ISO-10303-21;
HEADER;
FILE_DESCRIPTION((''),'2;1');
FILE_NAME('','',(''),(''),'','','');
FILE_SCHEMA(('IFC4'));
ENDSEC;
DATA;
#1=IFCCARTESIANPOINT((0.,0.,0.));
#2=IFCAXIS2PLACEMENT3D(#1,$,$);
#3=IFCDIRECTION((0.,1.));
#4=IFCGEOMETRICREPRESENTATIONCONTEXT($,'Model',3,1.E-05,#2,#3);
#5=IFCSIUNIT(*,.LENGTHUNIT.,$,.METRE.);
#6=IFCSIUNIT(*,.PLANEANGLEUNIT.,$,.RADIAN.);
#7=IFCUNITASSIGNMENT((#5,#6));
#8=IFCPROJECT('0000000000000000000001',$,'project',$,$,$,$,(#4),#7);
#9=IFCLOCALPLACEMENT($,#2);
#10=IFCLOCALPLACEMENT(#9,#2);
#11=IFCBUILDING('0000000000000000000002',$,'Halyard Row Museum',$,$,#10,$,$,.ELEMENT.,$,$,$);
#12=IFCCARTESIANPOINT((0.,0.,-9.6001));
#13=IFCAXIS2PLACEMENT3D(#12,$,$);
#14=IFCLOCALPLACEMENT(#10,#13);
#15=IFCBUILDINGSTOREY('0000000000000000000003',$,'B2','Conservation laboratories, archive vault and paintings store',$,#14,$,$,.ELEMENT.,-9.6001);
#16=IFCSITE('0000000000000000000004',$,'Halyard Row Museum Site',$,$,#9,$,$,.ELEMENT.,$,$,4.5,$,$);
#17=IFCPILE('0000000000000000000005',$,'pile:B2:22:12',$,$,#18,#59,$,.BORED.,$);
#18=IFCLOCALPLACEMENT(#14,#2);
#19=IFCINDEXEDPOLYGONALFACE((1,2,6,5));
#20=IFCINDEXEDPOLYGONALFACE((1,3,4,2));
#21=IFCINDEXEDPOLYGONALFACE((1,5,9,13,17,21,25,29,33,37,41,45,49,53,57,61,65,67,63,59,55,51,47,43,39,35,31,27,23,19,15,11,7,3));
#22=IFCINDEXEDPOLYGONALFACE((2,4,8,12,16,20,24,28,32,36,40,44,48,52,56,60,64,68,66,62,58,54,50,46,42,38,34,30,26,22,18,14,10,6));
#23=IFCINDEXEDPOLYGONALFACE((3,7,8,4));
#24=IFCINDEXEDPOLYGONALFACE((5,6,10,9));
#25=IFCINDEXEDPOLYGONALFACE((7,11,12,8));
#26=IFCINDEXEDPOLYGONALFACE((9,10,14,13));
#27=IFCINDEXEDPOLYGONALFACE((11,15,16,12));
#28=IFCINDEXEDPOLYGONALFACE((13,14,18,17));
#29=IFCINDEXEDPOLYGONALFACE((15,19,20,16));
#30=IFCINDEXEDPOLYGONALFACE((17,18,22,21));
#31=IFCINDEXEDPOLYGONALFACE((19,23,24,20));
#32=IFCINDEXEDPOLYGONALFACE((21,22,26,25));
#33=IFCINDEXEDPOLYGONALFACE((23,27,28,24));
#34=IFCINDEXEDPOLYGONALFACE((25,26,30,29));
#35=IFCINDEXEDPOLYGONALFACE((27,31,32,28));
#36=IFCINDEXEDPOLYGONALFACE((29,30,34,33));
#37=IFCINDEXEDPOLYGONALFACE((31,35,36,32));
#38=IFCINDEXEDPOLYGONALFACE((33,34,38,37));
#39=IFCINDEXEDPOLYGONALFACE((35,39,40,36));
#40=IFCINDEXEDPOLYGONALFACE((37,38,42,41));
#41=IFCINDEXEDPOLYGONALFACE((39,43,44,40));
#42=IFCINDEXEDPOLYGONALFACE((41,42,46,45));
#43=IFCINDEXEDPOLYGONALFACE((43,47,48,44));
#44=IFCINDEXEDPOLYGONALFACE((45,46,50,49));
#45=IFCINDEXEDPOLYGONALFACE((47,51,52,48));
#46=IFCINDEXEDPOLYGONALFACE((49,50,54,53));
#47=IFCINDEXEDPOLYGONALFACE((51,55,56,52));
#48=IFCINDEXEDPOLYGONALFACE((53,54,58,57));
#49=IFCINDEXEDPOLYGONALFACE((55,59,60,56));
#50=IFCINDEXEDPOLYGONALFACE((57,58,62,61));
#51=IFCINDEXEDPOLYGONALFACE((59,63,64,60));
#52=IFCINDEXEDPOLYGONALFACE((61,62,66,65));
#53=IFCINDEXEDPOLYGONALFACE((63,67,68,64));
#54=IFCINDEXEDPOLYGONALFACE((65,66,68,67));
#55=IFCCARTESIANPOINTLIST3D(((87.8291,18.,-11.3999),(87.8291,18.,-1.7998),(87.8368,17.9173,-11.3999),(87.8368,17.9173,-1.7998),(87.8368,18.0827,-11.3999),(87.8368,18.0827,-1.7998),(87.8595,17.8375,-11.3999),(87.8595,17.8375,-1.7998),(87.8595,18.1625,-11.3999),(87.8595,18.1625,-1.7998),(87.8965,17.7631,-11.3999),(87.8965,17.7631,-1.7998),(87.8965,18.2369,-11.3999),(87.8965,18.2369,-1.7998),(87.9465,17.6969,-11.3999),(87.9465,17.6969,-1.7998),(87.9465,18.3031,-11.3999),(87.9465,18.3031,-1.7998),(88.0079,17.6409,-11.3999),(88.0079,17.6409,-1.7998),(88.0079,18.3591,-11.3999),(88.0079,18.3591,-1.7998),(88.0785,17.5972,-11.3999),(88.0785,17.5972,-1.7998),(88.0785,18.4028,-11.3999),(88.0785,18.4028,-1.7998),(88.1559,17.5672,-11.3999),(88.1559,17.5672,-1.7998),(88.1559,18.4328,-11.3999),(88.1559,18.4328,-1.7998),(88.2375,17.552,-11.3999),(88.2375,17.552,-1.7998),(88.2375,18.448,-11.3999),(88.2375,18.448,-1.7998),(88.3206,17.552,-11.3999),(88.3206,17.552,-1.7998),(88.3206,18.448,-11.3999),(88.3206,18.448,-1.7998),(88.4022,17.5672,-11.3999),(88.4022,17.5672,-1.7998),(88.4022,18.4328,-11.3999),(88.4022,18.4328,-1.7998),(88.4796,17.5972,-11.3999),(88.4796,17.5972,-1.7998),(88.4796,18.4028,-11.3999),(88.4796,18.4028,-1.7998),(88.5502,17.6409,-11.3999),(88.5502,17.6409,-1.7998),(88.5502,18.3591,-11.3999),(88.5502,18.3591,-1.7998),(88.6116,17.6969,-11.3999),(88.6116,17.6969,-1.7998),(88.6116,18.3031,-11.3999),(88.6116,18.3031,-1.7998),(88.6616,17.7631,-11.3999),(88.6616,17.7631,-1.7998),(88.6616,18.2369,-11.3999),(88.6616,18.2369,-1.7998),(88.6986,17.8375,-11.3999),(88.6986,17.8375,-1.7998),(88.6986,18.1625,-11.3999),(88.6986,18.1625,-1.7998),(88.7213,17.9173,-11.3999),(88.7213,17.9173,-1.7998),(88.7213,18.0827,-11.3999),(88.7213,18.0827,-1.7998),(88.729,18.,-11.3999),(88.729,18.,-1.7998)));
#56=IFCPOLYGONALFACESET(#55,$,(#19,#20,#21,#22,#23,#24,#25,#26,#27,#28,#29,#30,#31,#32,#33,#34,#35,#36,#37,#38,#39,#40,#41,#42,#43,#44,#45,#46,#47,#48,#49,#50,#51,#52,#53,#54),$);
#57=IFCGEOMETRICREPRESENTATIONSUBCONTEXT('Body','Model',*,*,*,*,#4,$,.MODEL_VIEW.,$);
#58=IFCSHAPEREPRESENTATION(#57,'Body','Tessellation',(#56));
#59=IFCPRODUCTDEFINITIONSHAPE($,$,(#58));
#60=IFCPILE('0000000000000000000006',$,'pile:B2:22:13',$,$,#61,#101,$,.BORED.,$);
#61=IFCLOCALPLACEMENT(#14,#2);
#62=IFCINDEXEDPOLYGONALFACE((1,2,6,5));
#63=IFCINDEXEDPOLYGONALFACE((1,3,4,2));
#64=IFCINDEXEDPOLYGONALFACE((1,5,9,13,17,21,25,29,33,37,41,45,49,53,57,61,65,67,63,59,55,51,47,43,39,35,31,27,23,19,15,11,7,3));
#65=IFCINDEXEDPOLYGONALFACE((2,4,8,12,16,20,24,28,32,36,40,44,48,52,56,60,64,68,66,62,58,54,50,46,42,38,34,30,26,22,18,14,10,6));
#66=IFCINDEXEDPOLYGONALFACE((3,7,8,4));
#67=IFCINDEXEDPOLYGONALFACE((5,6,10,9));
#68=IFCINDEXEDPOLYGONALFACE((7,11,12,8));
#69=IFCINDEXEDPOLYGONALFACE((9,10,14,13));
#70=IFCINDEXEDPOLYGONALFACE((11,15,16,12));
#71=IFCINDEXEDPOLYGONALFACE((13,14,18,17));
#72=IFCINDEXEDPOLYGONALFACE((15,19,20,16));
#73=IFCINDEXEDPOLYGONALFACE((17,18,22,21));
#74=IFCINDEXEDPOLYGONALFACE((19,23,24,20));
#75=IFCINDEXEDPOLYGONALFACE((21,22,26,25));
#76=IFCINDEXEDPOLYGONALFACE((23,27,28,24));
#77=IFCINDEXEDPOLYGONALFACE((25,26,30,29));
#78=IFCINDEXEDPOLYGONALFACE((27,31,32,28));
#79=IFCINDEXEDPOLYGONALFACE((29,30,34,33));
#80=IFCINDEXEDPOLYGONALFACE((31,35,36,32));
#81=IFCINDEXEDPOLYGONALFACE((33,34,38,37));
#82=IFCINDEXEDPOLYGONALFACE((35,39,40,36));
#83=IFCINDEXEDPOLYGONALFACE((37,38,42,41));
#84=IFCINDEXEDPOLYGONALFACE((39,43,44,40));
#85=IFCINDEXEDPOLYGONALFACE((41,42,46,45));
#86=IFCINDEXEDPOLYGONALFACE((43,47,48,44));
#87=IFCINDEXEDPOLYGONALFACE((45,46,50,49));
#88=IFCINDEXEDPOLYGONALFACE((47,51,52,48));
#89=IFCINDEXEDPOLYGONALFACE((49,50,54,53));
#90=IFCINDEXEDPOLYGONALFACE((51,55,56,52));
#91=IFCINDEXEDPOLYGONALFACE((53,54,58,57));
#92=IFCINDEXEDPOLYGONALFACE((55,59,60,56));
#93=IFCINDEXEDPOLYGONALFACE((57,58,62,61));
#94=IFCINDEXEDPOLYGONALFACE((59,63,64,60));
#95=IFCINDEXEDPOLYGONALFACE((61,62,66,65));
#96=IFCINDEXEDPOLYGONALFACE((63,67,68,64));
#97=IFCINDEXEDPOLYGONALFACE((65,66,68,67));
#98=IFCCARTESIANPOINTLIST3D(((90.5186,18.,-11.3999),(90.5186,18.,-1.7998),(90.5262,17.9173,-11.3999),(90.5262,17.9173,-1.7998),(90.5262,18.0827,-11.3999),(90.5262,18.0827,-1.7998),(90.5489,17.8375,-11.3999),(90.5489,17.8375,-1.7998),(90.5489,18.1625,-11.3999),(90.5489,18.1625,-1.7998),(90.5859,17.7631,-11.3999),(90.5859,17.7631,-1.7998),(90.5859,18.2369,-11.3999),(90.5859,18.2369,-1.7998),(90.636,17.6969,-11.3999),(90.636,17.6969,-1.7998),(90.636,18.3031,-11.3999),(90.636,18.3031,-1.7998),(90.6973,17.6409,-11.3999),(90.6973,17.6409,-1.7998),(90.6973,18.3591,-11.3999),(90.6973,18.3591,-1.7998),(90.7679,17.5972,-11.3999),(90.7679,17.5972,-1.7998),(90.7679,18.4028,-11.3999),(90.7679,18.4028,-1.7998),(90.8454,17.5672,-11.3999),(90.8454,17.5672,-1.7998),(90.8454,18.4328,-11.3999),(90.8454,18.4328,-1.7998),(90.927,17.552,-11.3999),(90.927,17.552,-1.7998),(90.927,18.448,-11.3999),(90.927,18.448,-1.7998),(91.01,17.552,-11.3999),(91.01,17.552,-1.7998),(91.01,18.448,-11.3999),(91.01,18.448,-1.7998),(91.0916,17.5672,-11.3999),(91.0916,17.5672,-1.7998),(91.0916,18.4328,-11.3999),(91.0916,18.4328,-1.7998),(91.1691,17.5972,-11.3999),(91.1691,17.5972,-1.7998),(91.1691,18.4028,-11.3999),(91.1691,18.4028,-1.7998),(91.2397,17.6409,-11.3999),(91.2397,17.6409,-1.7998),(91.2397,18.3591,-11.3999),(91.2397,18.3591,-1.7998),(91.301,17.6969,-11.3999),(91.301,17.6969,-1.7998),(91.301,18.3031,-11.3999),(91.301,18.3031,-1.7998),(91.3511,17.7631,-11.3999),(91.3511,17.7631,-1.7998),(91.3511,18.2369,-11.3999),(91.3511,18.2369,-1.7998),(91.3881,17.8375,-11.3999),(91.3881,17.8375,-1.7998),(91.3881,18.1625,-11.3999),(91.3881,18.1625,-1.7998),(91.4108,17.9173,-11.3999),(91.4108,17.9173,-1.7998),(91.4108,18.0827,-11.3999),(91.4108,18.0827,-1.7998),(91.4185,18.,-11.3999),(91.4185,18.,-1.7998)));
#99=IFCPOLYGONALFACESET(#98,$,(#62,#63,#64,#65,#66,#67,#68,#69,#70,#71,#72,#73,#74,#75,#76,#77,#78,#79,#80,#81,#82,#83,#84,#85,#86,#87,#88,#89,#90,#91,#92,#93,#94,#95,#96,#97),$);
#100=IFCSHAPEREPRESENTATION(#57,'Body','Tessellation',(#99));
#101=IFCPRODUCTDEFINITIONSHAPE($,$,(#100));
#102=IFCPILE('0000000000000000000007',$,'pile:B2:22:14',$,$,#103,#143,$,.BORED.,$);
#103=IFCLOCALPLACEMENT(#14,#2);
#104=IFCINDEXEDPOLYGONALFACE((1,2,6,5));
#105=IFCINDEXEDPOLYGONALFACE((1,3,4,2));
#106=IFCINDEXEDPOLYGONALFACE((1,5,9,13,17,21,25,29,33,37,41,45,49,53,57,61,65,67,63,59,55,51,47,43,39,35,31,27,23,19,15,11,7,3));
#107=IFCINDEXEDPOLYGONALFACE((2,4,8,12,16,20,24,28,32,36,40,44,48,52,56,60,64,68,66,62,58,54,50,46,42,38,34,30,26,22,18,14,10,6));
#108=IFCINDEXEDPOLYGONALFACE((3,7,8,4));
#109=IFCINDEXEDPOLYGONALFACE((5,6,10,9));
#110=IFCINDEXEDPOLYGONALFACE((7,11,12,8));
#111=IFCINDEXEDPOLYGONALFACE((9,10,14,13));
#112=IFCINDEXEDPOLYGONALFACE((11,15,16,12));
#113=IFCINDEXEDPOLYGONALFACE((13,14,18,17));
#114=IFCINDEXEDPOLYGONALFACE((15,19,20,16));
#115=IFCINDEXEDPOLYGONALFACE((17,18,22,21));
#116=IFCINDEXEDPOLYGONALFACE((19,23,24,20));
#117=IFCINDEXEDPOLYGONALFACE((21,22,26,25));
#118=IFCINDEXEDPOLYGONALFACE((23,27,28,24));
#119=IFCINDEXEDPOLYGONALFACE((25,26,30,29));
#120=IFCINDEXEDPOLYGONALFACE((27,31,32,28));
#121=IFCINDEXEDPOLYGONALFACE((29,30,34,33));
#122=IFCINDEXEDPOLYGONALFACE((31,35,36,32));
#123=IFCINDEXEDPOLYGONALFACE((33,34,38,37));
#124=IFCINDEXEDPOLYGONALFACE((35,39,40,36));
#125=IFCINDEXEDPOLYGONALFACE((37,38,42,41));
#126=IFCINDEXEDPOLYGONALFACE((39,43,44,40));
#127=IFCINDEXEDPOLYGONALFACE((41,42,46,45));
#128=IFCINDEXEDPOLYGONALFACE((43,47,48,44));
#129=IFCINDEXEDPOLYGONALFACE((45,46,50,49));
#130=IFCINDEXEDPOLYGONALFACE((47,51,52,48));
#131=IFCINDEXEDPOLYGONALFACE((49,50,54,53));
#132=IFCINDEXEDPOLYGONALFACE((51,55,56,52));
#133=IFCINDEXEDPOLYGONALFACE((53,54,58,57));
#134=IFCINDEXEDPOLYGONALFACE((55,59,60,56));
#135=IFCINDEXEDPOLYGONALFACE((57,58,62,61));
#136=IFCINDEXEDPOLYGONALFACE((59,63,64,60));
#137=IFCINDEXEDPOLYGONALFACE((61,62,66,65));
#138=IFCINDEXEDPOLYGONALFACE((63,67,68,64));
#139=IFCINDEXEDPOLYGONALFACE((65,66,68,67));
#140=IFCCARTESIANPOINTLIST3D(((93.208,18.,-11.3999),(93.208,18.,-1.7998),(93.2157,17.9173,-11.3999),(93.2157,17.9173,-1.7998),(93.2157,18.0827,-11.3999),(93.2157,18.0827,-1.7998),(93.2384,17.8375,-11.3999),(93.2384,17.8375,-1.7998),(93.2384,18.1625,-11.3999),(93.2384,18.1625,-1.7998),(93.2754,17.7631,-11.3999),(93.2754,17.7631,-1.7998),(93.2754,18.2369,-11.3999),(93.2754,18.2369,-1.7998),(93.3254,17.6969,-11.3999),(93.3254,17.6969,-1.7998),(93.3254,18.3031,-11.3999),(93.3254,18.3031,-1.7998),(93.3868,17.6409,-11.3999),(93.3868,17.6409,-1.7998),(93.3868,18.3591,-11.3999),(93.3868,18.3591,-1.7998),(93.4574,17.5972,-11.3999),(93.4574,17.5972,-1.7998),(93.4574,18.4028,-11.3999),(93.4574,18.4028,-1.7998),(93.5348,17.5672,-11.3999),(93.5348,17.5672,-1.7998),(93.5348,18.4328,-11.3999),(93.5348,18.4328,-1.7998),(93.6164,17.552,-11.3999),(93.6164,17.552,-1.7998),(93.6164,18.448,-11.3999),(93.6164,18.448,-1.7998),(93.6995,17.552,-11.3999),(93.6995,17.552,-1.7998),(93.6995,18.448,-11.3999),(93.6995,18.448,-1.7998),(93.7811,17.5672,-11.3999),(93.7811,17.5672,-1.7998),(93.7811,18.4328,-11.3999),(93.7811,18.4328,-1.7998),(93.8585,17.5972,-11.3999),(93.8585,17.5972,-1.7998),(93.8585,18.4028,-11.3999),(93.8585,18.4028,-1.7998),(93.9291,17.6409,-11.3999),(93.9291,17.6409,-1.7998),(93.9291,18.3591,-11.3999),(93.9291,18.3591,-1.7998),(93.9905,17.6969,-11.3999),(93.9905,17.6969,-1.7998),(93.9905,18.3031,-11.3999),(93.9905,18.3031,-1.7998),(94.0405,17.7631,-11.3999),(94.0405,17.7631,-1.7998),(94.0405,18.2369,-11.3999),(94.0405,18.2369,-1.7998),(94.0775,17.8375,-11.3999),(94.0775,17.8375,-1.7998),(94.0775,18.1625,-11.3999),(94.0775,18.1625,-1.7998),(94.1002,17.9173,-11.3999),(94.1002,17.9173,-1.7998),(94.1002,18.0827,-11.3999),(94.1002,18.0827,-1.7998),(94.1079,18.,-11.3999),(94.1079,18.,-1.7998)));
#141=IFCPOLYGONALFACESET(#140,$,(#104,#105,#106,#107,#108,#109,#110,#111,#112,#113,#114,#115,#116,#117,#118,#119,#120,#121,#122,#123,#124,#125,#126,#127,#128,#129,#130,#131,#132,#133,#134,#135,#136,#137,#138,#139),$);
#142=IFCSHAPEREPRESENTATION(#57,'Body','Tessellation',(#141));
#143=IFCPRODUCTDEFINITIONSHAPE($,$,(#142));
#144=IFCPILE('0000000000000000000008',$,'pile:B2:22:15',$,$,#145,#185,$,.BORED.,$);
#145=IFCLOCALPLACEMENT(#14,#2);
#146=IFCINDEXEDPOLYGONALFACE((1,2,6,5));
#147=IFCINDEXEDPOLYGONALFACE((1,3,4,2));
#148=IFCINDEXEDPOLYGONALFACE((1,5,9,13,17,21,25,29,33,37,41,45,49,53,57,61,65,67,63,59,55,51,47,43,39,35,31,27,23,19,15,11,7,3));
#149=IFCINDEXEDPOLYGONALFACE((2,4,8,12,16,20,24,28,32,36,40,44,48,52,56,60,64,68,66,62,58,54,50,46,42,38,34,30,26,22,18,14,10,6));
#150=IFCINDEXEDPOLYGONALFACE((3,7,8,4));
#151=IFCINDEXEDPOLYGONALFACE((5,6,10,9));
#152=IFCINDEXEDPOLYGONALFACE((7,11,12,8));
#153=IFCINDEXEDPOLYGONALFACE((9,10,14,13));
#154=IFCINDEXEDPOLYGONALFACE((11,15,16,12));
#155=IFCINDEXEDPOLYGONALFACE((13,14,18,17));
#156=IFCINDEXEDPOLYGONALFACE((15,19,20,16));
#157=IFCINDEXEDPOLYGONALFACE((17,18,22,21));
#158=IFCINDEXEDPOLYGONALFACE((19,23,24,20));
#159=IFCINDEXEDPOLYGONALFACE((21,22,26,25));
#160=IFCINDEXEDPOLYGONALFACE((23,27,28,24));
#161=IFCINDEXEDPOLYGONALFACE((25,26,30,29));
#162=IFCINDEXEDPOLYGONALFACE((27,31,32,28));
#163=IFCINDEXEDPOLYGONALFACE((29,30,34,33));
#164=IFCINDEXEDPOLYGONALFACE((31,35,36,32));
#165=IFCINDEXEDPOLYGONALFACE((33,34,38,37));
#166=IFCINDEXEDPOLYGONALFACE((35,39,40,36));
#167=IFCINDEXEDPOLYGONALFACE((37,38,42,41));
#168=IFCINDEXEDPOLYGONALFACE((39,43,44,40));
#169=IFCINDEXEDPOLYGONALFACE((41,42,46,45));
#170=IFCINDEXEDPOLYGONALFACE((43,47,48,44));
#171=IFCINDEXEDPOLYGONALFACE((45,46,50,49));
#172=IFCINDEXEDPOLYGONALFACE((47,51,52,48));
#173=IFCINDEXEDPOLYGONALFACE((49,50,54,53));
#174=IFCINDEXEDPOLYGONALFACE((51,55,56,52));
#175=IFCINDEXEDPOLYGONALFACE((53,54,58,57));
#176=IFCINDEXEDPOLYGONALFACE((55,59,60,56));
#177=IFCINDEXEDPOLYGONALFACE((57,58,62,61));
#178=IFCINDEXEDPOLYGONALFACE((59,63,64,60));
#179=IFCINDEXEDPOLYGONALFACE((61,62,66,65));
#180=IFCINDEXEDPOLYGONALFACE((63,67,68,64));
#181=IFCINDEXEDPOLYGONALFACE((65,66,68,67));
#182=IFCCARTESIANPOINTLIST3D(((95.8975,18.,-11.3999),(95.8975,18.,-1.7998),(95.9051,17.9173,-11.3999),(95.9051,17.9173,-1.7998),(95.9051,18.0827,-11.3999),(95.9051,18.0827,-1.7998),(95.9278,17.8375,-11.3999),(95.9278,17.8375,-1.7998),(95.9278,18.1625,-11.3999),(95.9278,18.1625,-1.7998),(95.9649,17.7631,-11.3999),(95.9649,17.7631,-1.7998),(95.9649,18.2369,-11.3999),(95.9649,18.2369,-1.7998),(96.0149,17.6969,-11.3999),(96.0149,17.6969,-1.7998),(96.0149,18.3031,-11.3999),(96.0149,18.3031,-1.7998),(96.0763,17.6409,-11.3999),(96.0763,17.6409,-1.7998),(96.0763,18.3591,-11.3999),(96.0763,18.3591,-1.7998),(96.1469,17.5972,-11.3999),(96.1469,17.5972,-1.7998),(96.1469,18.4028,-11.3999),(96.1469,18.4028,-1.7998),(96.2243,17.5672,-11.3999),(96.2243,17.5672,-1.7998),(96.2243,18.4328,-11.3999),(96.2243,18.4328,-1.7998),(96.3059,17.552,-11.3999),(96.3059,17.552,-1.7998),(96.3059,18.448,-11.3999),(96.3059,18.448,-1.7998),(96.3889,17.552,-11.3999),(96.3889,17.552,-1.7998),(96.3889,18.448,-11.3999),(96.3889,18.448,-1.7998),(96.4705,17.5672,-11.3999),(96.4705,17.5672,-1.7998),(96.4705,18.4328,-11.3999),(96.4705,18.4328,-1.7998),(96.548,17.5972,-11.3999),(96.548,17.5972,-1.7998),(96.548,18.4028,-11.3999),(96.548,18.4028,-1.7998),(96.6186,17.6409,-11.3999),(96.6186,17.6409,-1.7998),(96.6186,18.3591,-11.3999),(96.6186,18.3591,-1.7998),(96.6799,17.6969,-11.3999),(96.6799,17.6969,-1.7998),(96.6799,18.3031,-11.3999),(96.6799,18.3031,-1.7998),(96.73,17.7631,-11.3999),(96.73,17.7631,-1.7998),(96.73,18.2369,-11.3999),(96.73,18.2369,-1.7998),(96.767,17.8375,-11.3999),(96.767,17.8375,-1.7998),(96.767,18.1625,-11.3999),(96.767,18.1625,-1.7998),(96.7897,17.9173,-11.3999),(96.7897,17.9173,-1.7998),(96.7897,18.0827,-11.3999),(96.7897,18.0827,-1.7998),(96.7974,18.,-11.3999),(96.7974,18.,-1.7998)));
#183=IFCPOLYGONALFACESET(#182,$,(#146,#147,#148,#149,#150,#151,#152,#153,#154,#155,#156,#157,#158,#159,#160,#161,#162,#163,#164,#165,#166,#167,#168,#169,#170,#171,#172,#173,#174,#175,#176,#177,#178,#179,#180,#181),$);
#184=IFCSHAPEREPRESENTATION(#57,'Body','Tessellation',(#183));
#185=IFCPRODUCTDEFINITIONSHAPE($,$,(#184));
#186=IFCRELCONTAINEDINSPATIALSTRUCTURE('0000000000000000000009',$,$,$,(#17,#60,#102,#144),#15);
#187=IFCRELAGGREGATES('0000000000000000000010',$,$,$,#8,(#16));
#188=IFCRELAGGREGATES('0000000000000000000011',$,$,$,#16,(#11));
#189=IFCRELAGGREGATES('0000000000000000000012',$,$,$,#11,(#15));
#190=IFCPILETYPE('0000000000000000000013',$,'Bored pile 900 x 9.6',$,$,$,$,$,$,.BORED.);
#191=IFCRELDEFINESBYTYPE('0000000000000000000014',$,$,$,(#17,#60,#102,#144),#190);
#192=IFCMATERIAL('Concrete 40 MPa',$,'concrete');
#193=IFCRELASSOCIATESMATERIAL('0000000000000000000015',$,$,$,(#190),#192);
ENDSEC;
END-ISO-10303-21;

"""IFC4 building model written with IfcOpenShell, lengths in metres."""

from ifc_helpers import new_model, si_unit, direction, frame, origin, origin_2d, place, context, subcontext, project, spatial, circle, extrude, material, material_profile, profile_set, type_object, element, save


model = new_model("IFC4")

# Units and contexts
model_context = context("Model", 3, precision=1e-05, world=origin(), true_north=direction((0.0, 1.0)))
body_context = subcontext(model_context, "Body", "Model", "MODEL_VIEW")
ifc_project = project(units=[si_unit("LENGTHUNIT", "METRE"), si_unit("PLANEANGLEUNIT", "RADIAN")], contexts=[model_context])

# Site, building, storey
site_placement = place(None, origin())
site = spatial("IfcSite", under=ifc_project, at=site_placement, Name="Halyard Row Museum Site", CompositionType="ELEMENT", RefElevation=4.5)
building_placement = place(site_placement, origin())
building = spatial("IfcBuilding", under=site, at=building_placement, Name="Halyard Row Museum", CompositionType="ELEMENT")
storey_placement = place(building_placement, frame((0.0, 0.0, -9.6001)))
storey = spatial("IfcBuildingStorey", under=building, at=storey_placement, Name="B2", Description="Conservation laboratories, archive vault and paintings store", CompositionType="ELEMENT", Elevation=-9.6001)

# Piles
ifc_material_1 = material(Name="Concrete 40 MPa", Category="concrete")
ifc_material_profile_1 = material_profile(ifc_material_1, circle(Radius=0.45, at=origin_2d()), Name="Bored pile 900 x 9.6")
ifc_profile_set_1 = profile_set([ifc_material_profile_1], Name="Concrete 40 MPa")
pile_type_1 = type_object("IfcPileType", Name="Bored pile 900 x 9.6", PredefinedType="BORED", material=ifc_profile_set_1)
for number, where, z_axis, x_axis, name in (
    (1, (88.2791, 18.0, -1.7998), (0.0, 0.0, -1.0), (1.0, 0.0, 0.0), "pile:B2:22:12"),
    (2, (90.9685, 18.0, -1.7998), (0.0, 0.0, -1.0), (1.0, 0.0, 0.0), "pile:B2:22:13"),
    (3, (93.658, 18.0, -1.7998), (0.0, 0.0, -1.0), (1.0, 0.0, 0.0), "pile:B2:22:14"),
    (4, (96.3474, 18.0, -1.7998), (0.0, 0.0, -1.0), (1.0, 0.0, 0.0), "pile:B2:22:15"),
):
    element("IfcPile", number, at=place(storey_placement, frame(where, z_axis=z_axis, x_axis=x_axis)), inside=storey, type_object=pile_type_1, Name=name, PredefinedType="BORED", context=body_context, shape_type="SweptSolid", body=[
        extrude(circle(Radius=0.45, at=origin_2d()), origin(), (0.0, 0.0, 1.0), 9.6001),
    ])

save(model, "model.ifc")
